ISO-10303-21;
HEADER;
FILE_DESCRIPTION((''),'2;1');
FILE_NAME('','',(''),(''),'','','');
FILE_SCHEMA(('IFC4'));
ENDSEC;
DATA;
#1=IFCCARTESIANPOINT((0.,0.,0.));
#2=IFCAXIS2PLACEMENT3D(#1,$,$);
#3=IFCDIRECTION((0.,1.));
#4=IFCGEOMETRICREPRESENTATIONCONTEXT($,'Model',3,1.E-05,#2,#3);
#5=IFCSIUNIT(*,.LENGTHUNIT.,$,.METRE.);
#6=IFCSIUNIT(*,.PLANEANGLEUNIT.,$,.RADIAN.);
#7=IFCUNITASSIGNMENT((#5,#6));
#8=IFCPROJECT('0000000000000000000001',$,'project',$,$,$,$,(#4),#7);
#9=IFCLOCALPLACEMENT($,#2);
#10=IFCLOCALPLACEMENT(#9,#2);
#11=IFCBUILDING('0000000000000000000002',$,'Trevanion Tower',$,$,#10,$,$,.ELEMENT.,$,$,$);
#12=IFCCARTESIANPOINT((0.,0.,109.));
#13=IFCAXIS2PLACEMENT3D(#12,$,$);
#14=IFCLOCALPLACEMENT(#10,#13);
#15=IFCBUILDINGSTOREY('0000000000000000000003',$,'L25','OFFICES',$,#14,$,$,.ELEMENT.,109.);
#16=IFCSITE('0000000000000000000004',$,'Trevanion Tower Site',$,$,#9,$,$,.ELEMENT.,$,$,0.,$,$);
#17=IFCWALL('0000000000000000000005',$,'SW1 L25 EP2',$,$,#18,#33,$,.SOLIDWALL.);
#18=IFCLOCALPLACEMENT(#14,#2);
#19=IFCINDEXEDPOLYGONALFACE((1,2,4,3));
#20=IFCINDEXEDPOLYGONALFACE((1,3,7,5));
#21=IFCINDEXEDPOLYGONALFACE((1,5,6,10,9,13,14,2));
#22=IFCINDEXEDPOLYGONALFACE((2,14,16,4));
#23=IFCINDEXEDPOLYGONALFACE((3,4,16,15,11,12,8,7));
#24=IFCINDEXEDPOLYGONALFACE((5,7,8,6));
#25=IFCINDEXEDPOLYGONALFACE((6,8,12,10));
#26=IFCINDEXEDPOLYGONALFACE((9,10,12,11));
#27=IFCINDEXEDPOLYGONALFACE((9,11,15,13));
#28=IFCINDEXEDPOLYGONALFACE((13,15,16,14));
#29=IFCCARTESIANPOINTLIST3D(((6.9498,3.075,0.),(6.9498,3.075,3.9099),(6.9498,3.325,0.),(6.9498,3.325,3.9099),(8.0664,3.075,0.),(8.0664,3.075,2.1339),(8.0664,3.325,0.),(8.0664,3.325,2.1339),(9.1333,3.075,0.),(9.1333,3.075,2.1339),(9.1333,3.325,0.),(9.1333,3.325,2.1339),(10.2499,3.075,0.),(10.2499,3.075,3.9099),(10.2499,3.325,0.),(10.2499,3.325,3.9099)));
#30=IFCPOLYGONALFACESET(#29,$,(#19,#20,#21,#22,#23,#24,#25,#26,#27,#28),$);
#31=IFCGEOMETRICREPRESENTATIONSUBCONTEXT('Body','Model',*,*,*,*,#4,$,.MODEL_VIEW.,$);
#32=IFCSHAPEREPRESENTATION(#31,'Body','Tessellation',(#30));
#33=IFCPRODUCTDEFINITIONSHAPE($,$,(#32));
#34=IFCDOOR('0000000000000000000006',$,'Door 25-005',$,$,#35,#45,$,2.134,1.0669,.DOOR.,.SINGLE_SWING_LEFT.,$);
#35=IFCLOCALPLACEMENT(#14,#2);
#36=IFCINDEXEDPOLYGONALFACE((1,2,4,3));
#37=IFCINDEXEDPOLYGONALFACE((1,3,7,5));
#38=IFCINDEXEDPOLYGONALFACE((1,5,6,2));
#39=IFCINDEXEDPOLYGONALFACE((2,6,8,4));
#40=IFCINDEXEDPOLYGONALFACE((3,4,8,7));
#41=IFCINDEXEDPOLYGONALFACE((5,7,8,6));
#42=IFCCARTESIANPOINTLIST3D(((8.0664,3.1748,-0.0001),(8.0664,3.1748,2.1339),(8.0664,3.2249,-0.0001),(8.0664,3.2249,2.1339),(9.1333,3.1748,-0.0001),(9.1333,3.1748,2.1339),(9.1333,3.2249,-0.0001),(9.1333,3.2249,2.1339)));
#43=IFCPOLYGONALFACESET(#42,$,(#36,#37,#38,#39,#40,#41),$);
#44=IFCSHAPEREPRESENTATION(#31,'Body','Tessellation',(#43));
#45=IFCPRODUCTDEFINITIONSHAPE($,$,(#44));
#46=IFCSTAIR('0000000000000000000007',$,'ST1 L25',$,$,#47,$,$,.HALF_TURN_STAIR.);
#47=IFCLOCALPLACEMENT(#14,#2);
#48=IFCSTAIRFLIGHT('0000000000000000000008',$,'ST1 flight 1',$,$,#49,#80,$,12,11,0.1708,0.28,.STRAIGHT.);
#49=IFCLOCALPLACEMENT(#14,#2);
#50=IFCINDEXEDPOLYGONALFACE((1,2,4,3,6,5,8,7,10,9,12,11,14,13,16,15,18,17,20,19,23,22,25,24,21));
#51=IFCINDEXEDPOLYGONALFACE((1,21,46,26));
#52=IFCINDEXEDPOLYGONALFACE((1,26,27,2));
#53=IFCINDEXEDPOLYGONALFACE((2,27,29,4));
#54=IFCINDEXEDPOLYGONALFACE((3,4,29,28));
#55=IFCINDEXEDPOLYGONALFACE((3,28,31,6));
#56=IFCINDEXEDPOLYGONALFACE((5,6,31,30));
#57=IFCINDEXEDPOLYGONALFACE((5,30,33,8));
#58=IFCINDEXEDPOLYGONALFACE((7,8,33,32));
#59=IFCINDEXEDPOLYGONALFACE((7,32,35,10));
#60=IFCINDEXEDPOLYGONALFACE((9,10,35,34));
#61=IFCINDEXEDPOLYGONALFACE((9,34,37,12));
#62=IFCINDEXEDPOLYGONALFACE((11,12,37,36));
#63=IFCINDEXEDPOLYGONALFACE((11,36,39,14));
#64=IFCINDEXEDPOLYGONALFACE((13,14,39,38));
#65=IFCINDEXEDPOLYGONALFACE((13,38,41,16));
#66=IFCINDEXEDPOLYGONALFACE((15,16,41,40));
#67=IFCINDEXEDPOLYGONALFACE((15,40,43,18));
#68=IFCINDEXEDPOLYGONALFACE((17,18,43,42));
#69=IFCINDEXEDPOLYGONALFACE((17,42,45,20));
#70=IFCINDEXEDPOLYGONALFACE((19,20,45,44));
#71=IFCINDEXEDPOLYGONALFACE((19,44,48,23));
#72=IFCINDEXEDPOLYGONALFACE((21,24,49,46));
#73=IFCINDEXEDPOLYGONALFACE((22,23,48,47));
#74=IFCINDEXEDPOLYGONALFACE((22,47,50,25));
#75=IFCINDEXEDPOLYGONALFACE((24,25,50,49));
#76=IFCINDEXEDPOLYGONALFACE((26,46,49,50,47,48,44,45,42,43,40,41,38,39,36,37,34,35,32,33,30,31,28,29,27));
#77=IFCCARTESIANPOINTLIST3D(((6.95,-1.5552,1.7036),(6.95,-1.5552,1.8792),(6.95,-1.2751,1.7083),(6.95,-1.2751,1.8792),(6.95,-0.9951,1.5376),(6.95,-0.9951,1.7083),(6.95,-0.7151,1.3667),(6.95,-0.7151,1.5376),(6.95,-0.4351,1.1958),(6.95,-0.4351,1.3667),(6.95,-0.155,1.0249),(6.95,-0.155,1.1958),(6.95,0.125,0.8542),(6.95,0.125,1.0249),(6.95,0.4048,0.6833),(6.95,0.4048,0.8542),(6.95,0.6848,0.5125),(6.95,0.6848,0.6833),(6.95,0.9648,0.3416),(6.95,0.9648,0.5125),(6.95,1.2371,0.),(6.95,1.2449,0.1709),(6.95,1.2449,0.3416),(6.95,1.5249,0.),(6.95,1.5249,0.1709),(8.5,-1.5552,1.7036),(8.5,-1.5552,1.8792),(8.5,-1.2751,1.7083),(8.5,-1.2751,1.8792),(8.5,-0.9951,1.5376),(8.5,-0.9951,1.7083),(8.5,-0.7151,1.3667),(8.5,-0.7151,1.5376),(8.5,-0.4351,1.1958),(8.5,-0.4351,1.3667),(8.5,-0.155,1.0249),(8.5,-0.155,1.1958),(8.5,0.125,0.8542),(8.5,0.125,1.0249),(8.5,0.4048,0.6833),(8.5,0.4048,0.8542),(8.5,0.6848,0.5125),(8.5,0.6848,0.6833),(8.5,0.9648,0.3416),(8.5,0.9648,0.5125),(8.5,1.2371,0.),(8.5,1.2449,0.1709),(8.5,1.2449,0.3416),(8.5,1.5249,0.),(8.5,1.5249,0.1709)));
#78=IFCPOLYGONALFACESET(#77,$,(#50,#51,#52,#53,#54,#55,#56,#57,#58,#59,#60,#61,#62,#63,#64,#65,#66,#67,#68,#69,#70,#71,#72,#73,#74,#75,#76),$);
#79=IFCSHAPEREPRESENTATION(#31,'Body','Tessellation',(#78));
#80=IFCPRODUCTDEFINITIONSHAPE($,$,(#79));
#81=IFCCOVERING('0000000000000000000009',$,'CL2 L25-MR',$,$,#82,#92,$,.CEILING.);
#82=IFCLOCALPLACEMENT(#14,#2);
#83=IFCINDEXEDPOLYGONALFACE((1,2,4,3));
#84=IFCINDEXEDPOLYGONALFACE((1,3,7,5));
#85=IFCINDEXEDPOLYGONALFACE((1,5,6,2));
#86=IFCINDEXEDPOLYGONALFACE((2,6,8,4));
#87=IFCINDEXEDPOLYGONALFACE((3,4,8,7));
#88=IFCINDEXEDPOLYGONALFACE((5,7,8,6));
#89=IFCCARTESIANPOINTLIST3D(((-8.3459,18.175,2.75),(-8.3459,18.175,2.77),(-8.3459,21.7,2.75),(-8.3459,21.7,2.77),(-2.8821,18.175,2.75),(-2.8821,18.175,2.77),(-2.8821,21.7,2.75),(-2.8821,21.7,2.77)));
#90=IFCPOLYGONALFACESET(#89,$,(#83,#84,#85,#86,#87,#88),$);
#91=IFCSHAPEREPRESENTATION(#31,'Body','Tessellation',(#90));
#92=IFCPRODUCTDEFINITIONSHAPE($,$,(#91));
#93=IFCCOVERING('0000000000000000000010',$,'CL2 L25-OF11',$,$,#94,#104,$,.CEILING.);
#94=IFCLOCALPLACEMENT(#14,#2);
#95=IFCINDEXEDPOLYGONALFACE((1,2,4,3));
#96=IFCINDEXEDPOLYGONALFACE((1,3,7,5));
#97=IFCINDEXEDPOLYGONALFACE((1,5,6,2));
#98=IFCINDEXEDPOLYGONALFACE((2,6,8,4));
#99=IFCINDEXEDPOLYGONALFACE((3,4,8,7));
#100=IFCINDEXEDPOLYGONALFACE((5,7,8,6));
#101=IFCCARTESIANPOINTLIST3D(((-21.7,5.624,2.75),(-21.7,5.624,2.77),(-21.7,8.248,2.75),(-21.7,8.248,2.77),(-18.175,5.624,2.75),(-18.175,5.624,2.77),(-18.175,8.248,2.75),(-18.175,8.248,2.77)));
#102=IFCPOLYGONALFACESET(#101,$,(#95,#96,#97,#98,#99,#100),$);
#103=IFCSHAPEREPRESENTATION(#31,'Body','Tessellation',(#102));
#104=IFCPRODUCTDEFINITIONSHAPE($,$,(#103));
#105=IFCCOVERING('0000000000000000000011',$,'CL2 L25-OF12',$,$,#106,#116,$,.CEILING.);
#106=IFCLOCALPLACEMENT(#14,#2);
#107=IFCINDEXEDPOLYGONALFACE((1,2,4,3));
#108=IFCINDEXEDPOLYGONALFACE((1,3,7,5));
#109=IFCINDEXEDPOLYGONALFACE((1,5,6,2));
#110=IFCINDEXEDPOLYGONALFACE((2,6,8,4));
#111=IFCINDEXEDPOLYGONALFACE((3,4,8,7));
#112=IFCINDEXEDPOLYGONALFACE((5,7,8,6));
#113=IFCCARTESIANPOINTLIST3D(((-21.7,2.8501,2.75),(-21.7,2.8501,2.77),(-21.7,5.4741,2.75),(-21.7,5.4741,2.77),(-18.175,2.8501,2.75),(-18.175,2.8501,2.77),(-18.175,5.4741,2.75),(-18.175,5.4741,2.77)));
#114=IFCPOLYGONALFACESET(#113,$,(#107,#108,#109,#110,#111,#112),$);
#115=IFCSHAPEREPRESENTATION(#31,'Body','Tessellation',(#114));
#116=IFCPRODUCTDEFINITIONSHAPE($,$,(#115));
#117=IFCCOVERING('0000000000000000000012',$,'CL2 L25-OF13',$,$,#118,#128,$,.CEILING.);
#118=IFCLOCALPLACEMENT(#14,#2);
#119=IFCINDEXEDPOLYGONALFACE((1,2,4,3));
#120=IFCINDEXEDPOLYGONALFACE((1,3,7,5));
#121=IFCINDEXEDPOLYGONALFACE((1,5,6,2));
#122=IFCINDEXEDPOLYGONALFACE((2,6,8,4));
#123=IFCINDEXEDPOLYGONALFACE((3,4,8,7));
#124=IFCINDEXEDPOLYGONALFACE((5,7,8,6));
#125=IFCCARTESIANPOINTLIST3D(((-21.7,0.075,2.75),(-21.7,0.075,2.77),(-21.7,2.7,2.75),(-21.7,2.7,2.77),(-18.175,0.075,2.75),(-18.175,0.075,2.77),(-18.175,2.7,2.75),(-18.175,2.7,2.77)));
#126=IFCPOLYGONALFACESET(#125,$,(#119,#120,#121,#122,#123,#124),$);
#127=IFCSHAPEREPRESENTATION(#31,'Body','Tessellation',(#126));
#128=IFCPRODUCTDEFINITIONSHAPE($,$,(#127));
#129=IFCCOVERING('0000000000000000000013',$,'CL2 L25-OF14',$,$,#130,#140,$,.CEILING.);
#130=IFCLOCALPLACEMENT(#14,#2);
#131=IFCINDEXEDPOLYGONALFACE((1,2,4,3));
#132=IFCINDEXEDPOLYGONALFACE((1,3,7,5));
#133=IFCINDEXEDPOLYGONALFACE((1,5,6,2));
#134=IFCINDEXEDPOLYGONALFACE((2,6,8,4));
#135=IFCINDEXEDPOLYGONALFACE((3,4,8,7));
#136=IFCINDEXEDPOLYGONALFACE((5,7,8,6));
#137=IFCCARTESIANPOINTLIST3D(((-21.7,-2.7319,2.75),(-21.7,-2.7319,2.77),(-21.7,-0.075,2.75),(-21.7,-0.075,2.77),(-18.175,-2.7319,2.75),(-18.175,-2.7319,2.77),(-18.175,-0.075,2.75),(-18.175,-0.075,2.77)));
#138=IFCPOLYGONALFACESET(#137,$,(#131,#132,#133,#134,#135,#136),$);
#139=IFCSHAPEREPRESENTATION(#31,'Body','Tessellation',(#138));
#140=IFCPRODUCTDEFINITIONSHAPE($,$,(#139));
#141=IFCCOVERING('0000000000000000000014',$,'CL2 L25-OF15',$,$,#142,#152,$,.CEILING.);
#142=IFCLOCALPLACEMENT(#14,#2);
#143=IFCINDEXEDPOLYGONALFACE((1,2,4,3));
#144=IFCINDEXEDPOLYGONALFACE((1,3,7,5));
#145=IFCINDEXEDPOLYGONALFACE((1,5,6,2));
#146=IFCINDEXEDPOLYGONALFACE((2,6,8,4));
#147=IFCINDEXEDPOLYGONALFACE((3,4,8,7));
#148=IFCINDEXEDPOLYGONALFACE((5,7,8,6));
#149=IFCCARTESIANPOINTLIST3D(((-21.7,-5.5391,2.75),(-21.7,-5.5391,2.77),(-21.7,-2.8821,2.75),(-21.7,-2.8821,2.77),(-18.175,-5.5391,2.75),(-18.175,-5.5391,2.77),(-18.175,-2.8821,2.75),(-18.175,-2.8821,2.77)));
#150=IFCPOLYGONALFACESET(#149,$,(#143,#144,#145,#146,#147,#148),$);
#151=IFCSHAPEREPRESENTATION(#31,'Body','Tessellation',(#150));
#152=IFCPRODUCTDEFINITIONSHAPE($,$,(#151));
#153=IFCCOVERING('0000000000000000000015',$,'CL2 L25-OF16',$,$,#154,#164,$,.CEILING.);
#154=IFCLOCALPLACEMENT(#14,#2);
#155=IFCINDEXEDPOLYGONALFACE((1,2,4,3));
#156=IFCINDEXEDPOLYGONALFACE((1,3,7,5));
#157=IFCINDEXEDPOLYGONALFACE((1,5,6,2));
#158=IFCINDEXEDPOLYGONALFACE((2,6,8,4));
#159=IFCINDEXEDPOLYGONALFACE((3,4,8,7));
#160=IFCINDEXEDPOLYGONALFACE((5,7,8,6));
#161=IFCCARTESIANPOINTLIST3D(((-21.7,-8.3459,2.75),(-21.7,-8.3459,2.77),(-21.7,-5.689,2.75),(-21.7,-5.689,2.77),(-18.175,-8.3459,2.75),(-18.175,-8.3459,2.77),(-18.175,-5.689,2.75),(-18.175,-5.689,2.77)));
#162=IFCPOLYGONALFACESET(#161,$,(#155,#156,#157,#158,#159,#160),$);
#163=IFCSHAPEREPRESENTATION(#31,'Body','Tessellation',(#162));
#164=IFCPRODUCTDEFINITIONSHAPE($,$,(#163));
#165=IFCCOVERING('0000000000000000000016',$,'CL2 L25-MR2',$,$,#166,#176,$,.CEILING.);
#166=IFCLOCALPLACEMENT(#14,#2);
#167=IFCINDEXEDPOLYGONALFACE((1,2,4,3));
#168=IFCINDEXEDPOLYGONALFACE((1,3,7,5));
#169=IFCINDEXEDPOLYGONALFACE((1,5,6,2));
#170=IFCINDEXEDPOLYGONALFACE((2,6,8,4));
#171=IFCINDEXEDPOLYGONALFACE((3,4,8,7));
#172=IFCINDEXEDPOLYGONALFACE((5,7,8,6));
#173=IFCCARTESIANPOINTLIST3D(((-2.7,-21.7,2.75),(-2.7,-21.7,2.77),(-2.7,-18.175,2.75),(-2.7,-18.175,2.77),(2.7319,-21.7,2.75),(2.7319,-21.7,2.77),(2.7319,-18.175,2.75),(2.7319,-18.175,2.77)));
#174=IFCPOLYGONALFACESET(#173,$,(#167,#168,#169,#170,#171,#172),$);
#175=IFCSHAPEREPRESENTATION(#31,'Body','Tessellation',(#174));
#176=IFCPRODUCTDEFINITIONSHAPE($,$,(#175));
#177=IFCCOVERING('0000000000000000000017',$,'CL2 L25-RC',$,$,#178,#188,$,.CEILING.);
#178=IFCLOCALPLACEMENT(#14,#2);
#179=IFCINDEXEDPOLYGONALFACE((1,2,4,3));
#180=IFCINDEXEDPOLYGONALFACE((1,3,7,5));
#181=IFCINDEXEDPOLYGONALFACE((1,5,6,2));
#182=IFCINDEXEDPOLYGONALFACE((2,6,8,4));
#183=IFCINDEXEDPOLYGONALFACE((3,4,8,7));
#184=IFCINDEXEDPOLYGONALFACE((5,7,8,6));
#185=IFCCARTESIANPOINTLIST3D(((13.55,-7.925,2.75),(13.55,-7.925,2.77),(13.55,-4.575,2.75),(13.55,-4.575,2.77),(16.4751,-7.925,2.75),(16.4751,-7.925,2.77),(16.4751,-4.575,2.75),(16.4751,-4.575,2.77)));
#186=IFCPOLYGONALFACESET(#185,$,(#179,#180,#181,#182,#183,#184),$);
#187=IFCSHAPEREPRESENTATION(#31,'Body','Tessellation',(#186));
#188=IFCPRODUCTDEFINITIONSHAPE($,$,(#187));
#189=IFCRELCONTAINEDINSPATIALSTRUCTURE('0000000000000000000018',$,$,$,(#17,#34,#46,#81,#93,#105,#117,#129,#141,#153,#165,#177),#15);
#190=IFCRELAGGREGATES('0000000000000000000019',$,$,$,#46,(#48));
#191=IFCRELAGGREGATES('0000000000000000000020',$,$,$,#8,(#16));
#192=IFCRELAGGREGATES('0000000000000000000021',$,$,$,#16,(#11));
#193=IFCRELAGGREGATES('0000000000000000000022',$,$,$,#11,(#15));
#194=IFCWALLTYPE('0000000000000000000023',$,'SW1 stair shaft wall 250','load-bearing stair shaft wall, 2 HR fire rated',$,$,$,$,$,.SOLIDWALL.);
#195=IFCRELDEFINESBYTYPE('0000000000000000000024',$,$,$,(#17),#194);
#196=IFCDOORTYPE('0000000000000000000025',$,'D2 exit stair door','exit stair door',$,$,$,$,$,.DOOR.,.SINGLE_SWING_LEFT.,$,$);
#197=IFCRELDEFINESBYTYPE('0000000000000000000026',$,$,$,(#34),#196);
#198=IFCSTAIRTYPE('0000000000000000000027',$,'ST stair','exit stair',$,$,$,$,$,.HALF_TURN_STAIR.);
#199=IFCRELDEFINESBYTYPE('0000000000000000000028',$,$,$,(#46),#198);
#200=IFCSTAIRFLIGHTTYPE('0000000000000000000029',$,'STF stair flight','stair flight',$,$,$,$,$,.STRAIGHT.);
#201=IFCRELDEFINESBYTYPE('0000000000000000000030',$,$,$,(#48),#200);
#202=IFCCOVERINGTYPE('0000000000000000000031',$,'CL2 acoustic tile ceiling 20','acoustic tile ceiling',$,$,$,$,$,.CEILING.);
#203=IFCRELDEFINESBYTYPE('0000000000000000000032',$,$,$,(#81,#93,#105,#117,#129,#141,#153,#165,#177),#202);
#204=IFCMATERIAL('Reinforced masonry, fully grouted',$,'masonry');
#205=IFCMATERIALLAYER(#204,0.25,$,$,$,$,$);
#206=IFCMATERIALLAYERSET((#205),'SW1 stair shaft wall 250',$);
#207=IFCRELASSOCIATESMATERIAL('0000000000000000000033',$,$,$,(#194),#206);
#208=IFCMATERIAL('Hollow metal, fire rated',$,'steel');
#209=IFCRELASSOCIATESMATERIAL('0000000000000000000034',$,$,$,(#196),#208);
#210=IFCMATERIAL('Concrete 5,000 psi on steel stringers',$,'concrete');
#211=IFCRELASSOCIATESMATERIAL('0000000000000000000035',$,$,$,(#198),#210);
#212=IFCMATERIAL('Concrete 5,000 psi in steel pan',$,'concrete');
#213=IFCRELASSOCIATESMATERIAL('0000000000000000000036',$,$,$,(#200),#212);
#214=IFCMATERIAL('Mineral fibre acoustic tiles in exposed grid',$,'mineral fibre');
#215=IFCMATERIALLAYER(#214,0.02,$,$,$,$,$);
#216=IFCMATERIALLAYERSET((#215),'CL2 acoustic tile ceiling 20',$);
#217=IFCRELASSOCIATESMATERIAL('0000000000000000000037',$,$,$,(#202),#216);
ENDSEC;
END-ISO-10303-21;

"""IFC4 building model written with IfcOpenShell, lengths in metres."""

from ifc_helpers import new_model, si_unit, direction, frame, frame_2d, origin, place, context, subcontext, project, spatial, polyline, rectangle, outline, extrude, material, layer, layer_set, type_object, element, fill, aggregate, save


model = new_model("IFC4")

# Units and contexts
model_context = context("Model", 3, precision=1e-05, world=origin(), true_north=direction((0.0, 1.0)))
body_context = subcontext(model_context, "Body", "Model", "MODEL_VIEW")
ifc_project = project(units=[si_unit("LENGTHUNIT", "METRE"), si_unit("PLANEANGLEUNIT", "RADIAN")], contexts=[model_context])

# Site, building, storey
site_placement = place(None, origin())
site = spatial("IfcSite", under=ifc_project, at=site_placement, Name="Trevanion Tower Site", CompositionType="ELEMENT", RefElevation=0.0)
building_placement = place(site_placement, origin())
building = spatial("IfcBuilding", under=site, at=building_placement, Name="Trevanion Tower", CompositionType="ELEMENT")
storey_placement = place(building_placement, frame((0.0, 0.0, 109.0)))
storey = spatial("IfcBuildingStorey", under=building, at=storey_placement, Name="L25", Description="OFFICES", CompositionType="ELEMENT", Elevation=109.0)

# Wall, opening, door
ifc_material_1 = material(Name="Reinforced masonry, fully grouted", Category="masonry")
ifc_layer_1 = layer(ifc_material_1, 0.25)
ifc_layer_set_1 = layer_set([ifc_layer_1], Name="SW1 stair shaft wall 250")
wall_type_1 = type_object("IfcWallType", Name="SW1 stair shaft wall 250", Description="load-bearing stair shaft wall, 2 HR fire rated", PredefinedType="SOLIDWALL", material=ifc_layer_set_1)
wall_1_placement = place(storey_placement, frame((6.95, 3.2, 0.0), z_axis=(0.0, 0.0, 1.0), x_axis=(1.0, 0.0, 0.0)))
wall_1 = element("IfcWall", 1, at=wall_1_placement, inside=storey, type_object=wall_type_1, Name="SW1 L25 EP2", PredefinedType="SOLIDWALL", context=body_context, shape_type="SweptSolid", body=[
    extrude(rectangle(XDim=3.3, YDim=0.25, at=frame_2d((1.6499, 0.0))), origin(), (0.0, 0.0, 1.0), 3.9099),
])
opening_1_placement = place(wall_1_placement, frame((1.1165, 0.0, 0.0)))
opening_1 = element("IfcOpeningElement", 2, at=opening_1_placement, cuts=wall_1, PredefinedType="OPENING", context=body_context, shape_type="SweptSolid", body=[
    extrude(rectangle(XDim=1.0669, YDim=2.134, at=frame_2d((0.5334, 1.0669))), frame((0.0, 0.135, 0.0), z_axis=(0.0, -1.0, 0.0), x_axis=(1.0, 0.0, 0.0)), (0.0, 0.0, 1.0), 0.27),
])
ifc_material_2 = material(Name="Hollow metal, fire rated", Category="steel")
door_type_1 = type_object("IfcDoorType", Name="D2 exit stair door", Description="exit stair door", OperationType="SINGLE_SWING_LEFT", PredefinedType="DOOR", material=ifc_material_2)
door_1_placement = place(opening_1_placement, origin())
door_1 = element("IfcDoor", 3, at=door_1_placement, inside=storey, type_object=door_type_1, Name="Door 25-005", OperationType="SINGLE_SWING_LEFT", OverallHeight=2.134, OverallWidth=1.0669, PredefinedType="DOOR", context=body_context, shape_type="SweptSolid", body=[
    extrude(rectangle(XDim=1.0669, YDim=2.134, at=frame_2d((0.5334, 1.0669))), frame((0.0, 0.0249, 0.0), z_axis=(0.0, -1.0, 0.0), x_axis=(1.0, 0.0, 0.0)), (0.0, 0.0, 1.0), 0.05),
])
fill(opening_1, door_1)

# Stair, stair flight
ifc_material_3 = material(Name="Concrete 5,000 psi on steel stringers", Category="concrete")
stair_type = type_object("IfcStairType", Name="ST stair", Description="exit stair", PredefinedType="HALF_TURN_STAIR", material=ifc_material_3)
stair_placement = place(storey_placement, origin())
stair = element("IfcStair", 4, at=stair_placement, inside=storey, type_object=stair_type, Name="ST1 L25", PredefinedType="HALF_TURN_STAIR")
ifc_material_4 = material(Name="Concrete 5,000 psi in steel pan", Category="concrete")
stair_flight_type = type_object("IfcStairFlightType", Name="STF stair flight", Description="stair flight", PredefinedType="STRAIGHT", material=ifc_material_4)
stair_flight_placement = place(storey_placement, frame((7.7251, 1.5249, 0.0), z_axis=(0.0, 0.0, 1.0), x_axis=(0.0, -1.0, 0.0)))
stair_flight = element("IfcStairFlight", 5, at=stair_flight_placement, type_object=stair_flight_type, Name="ST1 flight 1", NumberOfRisers=12, NumberOfTreads=11, PredefinedType="STRAIGHT", RiserHeight=0.1708, TreadLength=0.28, context=body_context, shape_type="SweptSolid", body=[
    extrude(outline(polyline([(0.0, 0.0), (0.0, 0.1709), (0.28, 0.1709), (0.28, 0.3416), (0.5601, 0.3416), (0.5601, 0.5125), (0.8401, 0.5125), (0.8401, 0.6833), (1.1201, 0.6833), (1.1201, 0.8542), (1.3999, 0.8542), (1.3999, 1.0249), (1.6799, 1.0249), (1.6799, 1.1958), (1.96, 1.1958), (1.96, 1.3667), (2.24, 1.3667), (2.24, 1.5376), (2.52, 1.5376), (2.52, 1.7083), (2.8, 1.7083), (2.8, 1.8792), (3.0801, 1.8792), (3.0801, 2.05), (3.0801, 1.7036), (0.2878, 0.0), (0.0, 0.0)])), frame((0.0, 0.7749, 0.0), z_axis=(0.0, -1.0, 0.0), x_axis=(1.0, 0.0, 0.0)), (0.0, 0.0, 1.0), 1.55),
])
aggregate(stair, [stair_flight])

# Coverings
ifc_material_5 = material(Name="Mineral fibre acoustic tiles in exposed grid", Category="mineral fibre")
ifc_layer_2 = layer(ifc_material_5, 0.02)
ifc_layer_set_2 = layer_set([ifc_layer_2], Name="CL2 acoustic tile ceiling 20")
covering_type_1 = type_object("IfcCoveringType", Name="CL2 acoustic tile ceiling 20", Description="acoustic tile ceiling", PredefinedType="CEILING", material=ifc_layer_set_2)
covering_1_placement = place(storey_placement, frame((0.0, 0.0, 2.75)))
element("IfcCovering", 6, at=covering_1_placement, inside=storey, type_object=covering_type_1, Name="CL2 L25-MR", PredefinedType="CEILING", context=body_context, shape_type="SweptSolid", body=[
    extrude(outline(polyline([(-2.8821, 18.175), (-8.3459, 18.175), (-8.3459, 21.7), (-2.8821, 21.7), (-2.8821, 18.175)])), origin(), (0.0, 0.0, 1.0), 0.02),
])
covering_2_placement = place(storey_placement, frame((0.0, 0.0, 2.75)))
element("IfcCovering", 7, at=covering_2_placement, inside=storey, type_object=covering_type_1, Name="CL2 L25-OF11", PredefinedType="CEILING", context=body_context, shape_type="SweptSolid", body=[
    extrude(outline(polyline([(-18.175, 8.248), (-18.175, 5.624), (-21.7, 5.624), (-21.7, 8.248), (-18.175, 8.248)])), origin(), (0.0, 0.0, 1.0), 0.02),
])
covering_3_placement = place(storey_placement, frame((0.0, 0.0, 2.75)))
element("IfcCovering", 8, at=covering_3_placement, inside=storey, type_object=covering_type_1, Name="CL2 L25-OF12", PredefinedType="CEILING", context=body_context, shape_type="SweptSolid", body=[
    extrude(outline(polyline([(-18.175, 5.4741), (-18.175, 2.8501), (-21.7, 2.8501), (-21.7, 5.4741), (-18.175, 5.4741)])), origin(), (0.0, 0.0, 1.0), 0.02),
])
covering_4_placement = place(storey_placement, frame((0.0, 0.0, 2.75)))
element("IfcCovering", 9, at=covering_4_placement, inside=storey, type_object=covering_type_1, Name="CL2 L25-OF13", PredefinedType="CEILING", context=body_context, shape_type="SweptSolid", body=[
    extrude(outline(polyline([(-18.175, 2.7), (-18.175, 0.075), (-21.7, 0.075), (-21.7, 2.7), (-18.175, 2.7)])), origin(), (0.0, 0.0, 1.0), 0.02),
])
covering_5_placement = place(storey_placement, frame((0.0, 0.0, 2.75)))
element("IfcCovering", 10, at=covering_5_placement, inside=storey, type_object=covering_type_1, Name="CL2 L25-OF14", PredefinedType="CEILING", context=body_context, shape_type="SweptSolid", body=[
    extrude(outline(polyline([(-18.175, -0.075), (-18.175, -2.7319), (-21.7, -2.7319), (-21.7, -0.075), (-18.175, -0.075)])), origin(), (0.0, 0.0, 1.0), 0.02),
])
covering_6_placement = place(storey_placement, frame((0.0, 0.0, 2.75)))
element("IfcCovering", 11, at=covering_6_placement, inside=storey, type_object=covering_type_1, Name="CL2 L25-OF15", PredefinedType="CEILING", context=body_context, shape_type="SweptSolid", body=[
    extrude(outline(polyline([(-18.175, -2.8821), (-18.175, -5.5391), (-21.7, -5.5391), (-21.7, -2.8821), (-18.175, -2.8821)])), origin(), (0.0, 0.0, 1.0), 0.02),
])
covering_7_placement = place(storey_placement, frame((0.0, 0.0, 2.75)))
element("IfcCovering", 12, at=covering_7_placement, inside=storey, type_object=covering_type_1, Name="CL2 L25-OF16", PredefinedType="CEILING", context=body_context, shape_type="SweptSolid", body=[
    extrude(outline(polyline([(-18.175, -5.689), (-18.175, -8.3459), (-21.7, -8.3459), (-21.7, -5.689), (-18.175, -5.689)])), origin(), (0.0, 0.0, 1.0), 0.02),
])
covering_8_placement = place(storey_placement, frame((0.0, 0.0, 2.75)))
element("IfcCovering", 13, at=covering_8_placement, inside=storey, type_object=covering_type_1, Name="CL2 L25-MR2", PredefinedType="CEILING", context=body_context, shape_type="SweptSolid", body=[
    extrude(outline(polyline([(-2.7, -18.175), (2.7319, -18.175), (2.7319, -21.7), (-2.7, -21.7), (-2.7, -18.175)])), origin(), (0.0, 0.0, 1.0), 0.02),
])
covering_9_placement = place(storey_placement, frame((0.0, 0.0, 2.75)))
element("IfcCovering", 14, at=covering_9_placement, inside=storey, type_object=covering_type_1, Name="CL2 L25-RC", PredefinedType="CEILING", context=body_context, shape_type="SweptSolid", body=[
    extrude(outline(polyline([(13.55, -7.925), (13.55, -4.575), (16.4751, -4.575), (16.4751, -7.925), (13.55, -7.925)])), origin(), (0.0, 0.0, 1.0), 0.02),
])

save(model, "model.ifc")
